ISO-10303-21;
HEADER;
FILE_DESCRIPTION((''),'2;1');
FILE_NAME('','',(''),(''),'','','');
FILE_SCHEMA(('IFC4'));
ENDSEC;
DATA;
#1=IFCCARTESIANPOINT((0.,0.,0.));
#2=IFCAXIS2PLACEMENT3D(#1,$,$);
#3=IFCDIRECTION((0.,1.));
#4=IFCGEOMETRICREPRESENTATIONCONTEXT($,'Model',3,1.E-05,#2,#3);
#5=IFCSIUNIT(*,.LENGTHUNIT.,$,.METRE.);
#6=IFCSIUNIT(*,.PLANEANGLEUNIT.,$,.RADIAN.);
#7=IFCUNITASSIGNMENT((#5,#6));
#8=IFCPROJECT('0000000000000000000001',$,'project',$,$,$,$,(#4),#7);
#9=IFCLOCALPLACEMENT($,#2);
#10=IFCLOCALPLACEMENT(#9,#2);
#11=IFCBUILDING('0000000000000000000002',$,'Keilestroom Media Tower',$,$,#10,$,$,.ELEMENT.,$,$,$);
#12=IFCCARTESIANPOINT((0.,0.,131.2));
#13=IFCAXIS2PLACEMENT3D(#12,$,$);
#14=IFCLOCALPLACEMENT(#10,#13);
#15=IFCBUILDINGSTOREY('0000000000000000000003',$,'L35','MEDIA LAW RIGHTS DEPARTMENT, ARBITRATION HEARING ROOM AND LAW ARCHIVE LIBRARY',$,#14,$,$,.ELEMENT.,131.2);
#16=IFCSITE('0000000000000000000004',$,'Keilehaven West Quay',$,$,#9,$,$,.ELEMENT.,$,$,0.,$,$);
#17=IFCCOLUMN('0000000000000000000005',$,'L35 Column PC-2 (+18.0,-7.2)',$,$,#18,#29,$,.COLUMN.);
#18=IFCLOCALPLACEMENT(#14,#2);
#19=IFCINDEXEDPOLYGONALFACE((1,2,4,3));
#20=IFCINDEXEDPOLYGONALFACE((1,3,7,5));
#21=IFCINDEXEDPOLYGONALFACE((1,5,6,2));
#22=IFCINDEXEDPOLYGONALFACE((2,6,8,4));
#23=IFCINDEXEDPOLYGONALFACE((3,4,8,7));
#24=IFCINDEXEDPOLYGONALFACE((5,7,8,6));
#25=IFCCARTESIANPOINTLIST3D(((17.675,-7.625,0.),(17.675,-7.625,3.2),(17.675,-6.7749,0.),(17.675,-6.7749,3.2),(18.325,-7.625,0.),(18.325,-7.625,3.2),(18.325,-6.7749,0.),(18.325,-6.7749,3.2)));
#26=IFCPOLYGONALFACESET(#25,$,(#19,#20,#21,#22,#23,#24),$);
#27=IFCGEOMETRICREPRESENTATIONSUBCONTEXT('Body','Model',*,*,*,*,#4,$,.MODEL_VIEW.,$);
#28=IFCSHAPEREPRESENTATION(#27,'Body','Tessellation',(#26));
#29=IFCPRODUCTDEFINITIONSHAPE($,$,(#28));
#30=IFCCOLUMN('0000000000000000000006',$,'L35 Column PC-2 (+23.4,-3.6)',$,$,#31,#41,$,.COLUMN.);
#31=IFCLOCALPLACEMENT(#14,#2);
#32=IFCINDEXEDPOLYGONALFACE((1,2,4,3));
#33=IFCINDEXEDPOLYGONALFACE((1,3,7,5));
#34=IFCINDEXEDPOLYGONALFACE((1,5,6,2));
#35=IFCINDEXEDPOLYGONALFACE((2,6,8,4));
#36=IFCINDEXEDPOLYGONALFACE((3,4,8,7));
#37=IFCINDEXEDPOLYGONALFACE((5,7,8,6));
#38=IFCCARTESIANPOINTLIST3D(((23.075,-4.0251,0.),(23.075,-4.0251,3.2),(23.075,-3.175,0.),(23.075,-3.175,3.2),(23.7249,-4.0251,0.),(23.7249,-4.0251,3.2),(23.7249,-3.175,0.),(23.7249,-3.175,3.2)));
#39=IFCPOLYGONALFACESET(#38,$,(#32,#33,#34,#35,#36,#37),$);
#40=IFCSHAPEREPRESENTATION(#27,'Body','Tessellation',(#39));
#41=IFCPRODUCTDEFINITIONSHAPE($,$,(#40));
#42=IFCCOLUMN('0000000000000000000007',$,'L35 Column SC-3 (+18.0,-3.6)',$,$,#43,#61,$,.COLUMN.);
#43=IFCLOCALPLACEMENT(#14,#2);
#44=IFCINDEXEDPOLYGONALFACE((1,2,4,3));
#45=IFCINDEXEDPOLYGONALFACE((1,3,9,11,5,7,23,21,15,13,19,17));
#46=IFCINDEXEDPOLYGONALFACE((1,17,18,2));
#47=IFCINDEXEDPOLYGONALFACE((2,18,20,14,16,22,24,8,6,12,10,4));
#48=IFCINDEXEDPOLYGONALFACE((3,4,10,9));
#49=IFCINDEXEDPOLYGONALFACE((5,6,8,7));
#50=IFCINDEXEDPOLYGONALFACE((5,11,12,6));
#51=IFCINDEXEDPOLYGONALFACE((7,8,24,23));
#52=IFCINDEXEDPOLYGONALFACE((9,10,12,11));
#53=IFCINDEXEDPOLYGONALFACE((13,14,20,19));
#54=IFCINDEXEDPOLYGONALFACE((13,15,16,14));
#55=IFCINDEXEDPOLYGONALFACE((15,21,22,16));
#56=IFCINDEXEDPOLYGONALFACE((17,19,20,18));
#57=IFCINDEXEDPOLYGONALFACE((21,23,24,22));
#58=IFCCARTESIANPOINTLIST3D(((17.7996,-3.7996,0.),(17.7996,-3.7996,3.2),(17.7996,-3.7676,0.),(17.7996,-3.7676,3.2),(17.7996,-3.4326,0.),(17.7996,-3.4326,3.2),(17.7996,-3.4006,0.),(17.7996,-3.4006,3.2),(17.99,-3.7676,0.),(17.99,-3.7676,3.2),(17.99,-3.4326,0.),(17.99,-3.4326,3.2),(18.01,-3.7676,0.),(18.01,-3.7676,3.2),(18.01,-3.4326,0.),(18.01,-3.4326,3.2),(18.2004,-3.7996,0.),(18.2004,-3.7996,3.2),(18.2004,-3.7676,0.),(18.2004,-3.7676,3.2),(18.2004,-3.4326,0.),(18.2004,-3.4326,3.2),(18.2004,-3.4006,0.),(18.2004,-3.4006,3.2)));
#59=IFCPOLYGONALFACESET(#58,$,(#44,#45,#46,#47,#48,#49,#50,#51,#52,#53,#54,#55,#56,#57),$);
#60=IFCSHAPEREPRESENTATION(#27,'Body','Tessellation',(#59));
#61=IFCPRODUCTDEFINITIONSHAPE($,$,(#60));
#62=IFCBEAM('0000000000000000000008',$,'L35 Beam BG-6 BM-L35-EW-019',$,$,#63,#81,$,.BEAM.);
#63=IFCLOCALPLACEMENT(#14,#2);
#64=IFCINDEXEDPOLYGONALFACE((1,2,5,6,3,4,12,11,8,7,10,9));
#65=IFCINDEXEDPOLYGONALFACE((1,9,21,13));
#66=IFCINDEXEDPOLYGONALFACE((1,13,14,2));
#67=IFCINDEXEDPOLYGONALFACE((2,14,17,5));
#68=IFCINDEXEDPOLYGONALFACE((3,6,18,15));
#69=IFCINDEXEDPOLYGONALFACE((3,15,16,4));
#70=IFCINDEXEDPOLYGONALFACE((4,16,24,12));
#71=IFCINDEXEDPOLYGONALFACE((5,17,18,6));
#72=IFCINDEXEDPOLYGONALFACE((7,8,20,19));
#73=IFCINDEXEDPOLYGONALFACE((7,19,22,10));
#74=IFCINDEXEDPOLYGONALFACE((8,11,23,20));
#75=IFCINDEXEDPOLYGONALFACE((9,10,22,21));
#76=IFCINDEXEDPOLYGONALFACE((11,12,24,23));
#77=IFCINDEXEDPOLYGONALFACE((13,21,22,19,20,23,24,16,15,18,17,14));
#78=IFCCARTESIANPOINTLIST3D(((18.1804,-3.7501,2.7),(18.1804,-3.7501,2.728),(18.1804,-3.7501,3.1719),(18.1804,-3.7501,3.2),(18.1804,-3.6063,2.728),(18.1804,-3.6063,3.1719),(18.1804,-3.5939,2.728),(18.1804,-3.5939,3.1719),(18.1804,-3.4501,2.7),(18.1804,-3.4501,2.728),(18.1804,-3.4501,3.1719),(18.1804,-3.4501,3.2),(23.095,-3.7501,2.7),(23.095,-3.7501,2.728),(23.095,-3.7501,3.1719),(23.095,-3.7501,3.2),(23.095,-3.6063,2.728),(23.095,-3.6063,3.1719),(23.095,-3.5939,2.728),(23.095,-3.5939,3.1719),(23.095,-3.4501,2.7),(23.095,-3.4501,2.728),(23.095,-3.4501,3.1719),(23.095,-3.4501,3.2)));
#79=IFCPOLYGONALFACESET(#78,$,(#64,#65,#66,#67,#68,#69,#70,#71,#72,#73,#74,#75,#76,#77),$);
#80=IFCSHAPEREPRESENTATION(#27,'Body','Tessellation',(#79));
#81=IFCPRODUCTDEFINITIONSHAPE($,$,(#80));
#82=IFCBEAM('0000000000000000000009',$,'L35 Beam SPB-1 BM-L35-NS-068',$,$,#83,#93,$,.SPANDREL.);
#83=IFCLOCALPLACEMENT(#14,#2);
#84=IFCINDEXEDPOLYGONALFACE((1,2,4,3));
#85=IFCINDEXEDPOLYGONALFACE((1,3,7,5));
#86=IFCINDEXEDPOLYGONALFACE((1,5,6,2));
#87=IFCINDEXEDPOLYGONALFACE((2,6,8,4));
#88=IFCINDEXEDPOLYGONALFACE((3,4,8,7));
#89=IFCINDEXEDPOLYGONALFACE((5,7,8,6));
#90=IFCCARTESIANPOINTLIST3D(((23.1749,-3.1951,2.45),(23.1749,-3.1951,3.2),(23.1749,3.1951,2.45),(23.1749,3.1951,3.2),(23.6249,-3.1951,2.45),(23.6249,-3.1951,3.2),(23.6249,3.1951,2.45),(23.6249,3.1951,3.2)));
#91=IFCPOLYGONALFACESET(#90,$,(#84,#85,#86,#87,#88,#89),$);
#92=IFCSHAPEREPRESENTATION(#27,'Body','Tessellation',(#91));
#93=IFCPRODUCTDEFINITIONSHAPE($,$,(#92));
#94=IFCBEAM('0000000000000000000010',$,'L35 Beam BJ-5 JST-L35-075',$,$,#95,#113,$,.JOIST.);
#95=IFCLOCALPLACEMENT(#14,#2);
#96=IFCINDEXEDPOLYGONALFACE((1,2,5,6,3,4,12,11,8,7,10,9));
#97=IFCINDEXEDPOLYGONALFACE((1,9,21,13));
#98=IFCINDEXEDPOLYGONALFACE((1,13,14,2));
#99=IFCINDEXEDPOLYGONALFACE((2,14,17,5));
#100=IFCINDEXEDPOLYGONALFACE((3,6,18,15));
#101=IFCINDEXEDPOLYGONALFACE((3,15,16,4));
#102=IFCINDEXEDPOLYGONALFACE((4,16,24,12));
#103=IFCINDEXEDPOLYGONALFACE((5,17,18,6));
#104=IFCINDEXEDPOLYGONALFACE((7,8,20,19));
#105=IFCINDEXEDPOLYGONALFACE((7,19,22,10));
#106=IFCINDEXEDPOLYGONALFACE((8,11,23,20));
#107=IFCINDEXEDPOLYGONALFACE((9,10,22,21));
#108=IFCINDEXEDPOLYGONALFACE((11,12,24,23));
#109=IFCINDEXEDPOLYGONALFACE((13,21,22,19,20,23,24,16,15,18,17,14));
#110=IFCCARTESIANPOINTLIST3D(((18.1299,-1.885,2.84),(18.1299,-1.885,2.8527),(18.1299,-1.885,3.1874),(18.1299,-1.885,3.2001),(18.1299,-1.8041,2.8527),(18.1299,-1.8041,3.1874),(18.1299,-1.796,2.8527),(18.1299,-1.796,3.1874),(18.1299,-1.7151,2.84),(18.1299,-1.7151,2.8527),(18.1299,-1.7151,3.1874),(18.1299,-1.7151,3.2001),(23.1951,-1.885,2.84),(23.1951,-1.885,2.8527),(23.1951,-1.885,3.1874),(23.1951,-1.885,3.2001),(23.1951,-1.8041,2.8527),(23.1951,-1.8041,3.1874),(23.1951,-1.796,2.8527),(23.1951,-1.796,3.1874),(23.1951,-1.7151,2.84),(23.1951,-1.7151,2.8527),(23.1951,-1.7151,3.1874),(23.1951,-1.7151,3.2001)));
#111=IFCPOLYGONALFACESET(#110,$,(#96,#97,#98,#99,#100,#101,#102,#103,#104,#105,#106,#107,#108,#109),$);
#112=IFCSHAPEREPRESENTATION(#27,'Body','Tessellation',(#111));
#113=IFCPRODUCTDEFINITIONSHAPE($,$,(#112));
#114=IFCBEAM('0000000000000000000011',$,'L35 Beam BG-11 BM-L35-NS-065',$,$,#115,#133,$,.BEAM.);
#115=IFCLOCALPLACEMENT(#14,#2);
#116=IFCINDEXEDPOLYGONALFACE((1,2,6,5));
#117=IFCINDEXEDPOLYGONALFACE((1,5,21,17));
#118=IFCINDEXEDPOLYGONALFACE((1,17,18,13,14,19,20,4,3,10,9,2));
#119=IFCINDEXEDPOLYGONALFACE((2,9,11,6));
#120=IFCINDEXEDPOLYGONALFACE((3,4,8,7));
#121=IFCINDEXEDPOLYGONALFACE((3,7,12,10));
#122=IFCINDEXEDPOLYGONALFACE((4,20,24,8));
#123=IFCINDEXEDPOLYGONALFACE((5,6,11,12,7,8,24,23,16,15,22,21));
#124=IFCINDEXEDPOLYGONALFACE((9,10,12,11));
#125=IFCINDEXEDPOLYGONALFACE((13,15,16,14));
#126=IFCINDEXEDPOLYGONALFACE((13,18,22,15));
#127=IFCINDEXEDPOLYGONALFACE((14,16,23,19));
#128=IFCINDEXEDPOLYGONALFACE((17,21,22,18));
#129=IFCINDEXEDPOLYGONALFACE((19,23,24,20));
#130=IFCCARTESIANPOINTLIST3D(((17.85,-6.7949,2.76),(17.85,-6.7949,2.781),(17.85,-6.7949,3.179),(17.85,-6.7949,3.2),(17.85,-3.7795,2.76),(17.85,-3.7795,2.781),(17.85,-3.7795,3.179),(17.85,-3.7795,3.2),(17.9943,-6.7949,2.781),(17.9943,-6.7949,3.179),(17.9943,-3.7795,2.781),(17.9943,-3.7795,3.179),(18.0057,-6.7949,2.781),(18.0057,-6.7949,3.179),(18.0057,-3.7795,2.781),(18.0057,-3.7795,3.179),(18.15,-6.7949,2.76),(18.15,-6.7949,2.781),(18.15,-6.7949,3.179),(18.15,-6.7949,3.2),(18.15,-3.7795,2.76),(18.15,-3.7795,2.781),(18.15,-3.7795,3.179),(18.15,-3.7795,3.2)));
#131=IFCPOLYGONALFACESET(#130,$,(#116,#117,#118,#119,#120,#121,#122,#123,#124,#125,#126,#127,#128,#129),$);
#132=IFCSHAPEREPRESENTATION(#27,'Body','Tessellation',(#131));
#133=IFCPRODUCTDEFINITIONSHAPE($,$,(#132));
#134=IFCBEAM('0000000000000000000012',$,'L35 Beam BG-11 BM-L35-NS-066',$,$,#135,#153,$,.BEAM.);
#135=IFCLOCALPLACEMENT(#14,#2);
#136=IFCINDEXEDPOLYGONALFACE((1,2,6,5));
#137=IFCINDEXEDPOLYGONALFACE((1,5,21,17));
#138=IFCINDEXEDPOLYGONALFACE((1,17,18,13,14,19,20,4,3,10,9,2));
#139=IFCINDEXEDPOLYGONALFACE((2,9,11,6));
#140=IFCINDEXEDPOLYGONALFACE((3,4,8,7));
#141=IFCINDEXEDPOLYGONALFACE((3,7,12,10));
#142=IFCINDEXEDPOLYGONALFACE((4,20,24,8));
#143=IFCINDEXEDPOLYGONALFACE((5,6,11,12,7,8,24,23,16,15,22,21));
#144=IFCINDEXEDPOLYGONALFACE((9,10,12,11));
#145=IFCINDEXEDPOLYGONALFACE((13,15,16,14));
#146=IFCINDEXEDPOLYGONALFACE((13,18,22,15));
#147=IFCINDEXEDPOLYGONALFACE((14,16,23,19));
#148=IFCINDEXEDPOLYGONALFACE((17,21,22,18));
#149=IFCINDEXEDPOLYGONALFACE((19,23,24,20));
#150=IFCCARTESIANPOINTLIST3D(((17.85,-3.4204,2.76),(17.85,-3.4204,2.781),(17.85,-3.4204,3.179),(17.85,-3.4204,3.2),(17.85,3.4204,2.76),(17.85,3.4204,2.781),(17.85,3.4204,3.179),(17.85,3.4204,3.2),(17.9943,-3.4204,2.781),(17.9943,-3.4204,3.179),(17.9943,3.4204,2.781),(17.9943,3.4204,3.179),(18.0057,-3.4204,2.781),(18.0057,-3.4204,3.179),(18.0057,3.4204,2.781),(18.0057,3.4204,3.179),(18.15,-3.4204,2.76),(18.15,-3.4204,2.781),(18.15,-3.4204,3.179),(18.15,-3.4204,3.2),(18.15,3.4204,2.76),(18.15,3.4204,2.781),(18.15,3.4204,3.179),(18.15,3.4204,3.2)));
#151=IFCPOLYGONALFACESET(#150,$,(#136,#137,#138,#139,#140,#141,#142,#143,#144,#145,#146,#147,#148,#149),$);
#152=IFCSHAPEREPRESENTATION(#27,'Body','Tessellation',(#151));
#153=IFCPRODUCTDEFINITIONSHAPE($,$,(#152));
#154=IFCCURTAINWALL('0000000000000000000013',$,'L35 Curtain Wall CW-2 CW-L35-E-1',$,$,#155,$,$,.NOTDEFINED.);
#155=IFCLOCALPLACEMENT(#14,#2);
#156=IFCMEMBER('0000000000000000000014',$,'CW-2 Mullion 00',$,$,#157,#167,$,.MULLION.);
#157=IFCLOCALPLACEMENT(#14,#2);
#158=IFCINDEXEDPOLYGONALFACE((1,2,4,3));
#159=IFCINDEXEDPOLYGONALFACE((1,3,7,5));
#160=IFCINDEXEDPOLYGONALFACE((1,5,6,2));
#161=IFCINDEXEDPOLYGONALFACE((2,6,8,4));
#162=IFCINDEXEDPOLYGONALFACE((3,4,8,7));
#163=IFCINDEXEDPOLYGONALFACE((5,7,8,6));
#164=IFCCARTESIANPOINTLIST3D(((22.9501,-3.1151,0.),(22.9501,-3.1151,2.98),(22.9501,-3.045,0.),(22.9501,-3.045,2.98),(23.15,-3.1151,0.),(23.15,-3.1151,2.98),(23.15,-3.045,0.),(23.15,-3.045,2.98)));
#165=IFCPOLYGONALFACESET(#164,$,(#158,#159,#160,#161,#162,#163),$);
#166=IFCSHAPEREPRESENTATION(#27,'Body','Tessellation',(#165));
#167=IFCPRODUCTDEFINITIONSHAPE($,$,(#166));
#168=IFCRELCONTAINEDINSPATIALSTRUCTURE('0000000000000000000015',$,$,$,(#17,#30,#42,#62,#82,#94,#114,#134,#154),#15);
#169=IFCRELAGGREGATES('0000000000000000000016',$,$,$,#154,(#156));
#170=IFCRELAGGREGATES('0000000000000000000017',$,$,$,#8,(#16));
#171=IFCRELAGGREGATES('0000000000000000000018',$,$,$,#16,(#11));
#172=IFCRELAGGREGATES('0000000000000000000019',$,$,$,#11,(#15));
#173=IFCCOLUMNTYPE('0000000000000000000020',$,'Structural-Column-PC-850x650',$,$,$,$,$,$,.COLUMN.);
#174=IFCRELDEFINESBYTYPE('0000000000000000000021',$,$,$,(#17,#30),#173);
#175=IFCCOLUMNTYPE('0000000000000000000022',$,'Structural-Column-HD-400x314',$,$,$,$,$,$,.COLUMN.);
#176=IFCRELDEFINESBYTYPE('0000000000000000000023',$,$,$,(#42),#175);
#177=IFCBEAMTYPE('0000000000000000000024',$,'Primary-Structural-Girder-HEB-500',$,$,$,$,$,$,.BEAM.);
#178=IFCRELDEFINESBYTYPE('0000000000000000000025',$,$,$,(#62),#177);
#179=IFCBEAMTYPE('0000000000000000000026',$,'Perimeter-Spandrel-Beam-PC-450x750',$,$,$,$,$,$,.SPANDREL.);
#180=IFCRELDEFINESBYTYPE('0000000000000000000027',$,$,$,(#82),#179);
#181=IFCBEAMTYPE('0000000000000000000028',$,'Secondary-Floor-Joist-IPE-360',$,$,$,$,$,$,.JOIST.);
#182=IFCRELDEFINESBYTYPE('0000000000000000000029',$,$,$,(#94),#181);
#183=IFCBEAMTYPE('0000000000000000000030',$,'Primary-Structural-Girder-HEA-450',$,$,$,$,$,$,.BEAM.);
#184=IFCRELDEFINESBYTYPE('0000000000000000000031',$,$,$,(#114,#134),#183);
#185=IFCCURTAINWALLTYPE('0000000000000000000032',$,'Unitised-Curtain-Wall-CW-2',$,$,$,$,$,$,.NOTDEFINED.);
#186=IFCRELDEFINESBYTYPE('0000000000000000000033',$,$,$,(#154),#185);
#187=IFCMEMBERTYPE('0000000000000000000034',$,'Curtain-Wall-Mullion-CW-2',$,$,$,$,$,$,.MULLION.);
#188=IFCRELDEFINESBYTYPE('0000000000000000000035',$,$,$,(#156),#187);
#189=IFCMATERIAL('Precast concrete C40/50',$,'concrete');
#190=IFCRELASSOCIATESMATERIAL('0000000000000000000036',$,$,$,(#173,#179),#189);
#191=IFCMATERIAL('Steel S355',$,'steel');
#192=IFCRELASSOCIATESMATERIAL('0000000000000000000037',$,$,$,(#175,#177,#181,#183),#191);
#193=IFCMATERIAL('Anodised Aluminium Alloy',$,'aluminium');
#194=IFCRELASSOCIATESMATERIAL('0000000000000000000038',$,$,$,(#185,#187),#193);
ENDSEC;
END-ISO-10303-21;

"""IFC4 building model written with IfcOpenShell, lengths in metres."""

from ifc_helpers import new_model, si_unit, direction, frame, origin, origin_2d, place, context, subcontext, project, spatial, rectangle, i_section, extrude, source, transform, mapped, material, material_profile, profile_set, type_object, element, aggregate, save


model = new_model("IFC4")

# Units and contexts
model_context = context("Model", 3, precision=1e-05, world=origin(), true_north=direction((0.0, 1.0)))
body_context = subcontext(model_context, "Body", "Model", "MODEL_VIEW")
ifc_project = project(units=[si_unit("LENGTHUNIT", "METRE"), si_unit("PLANEANGLEUNIT", "RADIAN")], contexts=[model_context])

# Site, building, storey
site_placement = place(None, origin())
site = spatial("IfcSite", under=ifc_project, at=site_placement, Name="Keilehaven West Quay", CompositionType="ELEMENT", RefElevation=0.0)
building_placement = place(site_placement, origin())
building = spatial("IfcBuilding", under=site, at=building_placement, Name="Keilestroom Media Tower", CompositionType="ELEMENT")
storey_placement = place(building_placement, frame((0.0, 0.0, 131.2)))
storey = spatial("IfcBuildingStorey", under=building, at=storey_placement, Name="L35", Description="MEDIA LAW RIGHTS DEPARTMENT, ARBITRATION HEARING ROOM AND LAW ARCHIVE LIBRARY", CompositionType="ELEMENT", Elevation=131.2)

# Columns
ifc_material_1 = material(Name="Precast concrete C40/50", Category="concrete")
ifc_material_profile_1 = material_profile(ifc_material_1, rectangle(XDim=0.6499, YDim=0.8501, at=origin_2d()), Name="PC 850x650")
ifc_profile_set_1 = profile_set([ifc_material_profile_1], Name="Precast concrete C40/50")
column_type_1 = type_object("IfcColumnType", Name="Structural-Column-PC-850x650", PredefinedType="COLUMN", material=ifc_profile_set_1)
shared_shape_1 = source(origin(), body_context, "Body", "SweptSolid", [
    extrude(rectangle(XDim=0.6499, YDim=0.8501, at=origin_2d()), origin(), (0.0, 0.0, 1.0), 3.2),
])
for number, where, z_axis, x_axis, name in (
    (1, (18.0, -7.2, 0.0), (0.0, 0.0, 1.0), (1.0, 0.0, 0.0), "L35 Column PC-2 (+18.0,-7.2)"),
    (2, (23.3999, -3.6001, 0.0), (0.0, 0.0, 1.0), (1.0, 0.0, 0.0), "L35 Column PC-2 (+23.4,-3.6)"),
):
    element("IfcColumn", number, at=place(storey_placement, frame(where, z_axis=z_axis, x_axis=x_axis)), inside=storey, type_object=column_type_1, Name=name, PredefinedType="COLUMN", context=body_context, shape_type="MappedRepresentation", body=[
        mapped(shared_shape_1, transform((0.0, 0.0, 0.0), x_axis=(1.0, 0.0, 0.0), y_axis=(0.0, 1.0, 0.0), z_axis=(0.0, 0.0, 1.0), scale=1.0)),
    ])
ifc_material_2 = material(Name="Steel S355", Category="steel")
ifc_material_profile_2 = material_profile(ifc_material_2, i_section(OverallWidth=0.4009, OverallDepth=0.3989, WebThickness=0.02, FlangeThickness=0.032, at=origin_2d()), Name="HD 400x314")
ifc_profile_set_2 = profile_set([ifc_material_profile_2], Name="Steel S355")
column_type_2 = type_object("IfcColumnType", Name="Structural-Column-HD-400x314", PredefinedType="COLUMN", material=ifc_profile_set_2)
shared_shape_2 = source(origin(), body_context, "Body", "SweptSolid", [
    extrude(i_section(OverallWidth=0.4009, OverallDepth=0.3989, WebThickness=0.02, FlangeThickness=0.032, at=origin_2d()), origin(), (0.0, 0.0, 1.0), 3.2),
])
column_placement = place(storey_placement, frame((18.0, -3.6001, 0.0), z_axis=(0.0, 0.0, 1.0), x_axis=(1.0, 0.0, 0.0)))
element("IfcColumn", 3, at=column_placement, inside=storey, type_object=column_type_2, Name="L35 Column SC-3 (+18.0,-3.6)", PredefinedType="COLUMN", context=body_context, shape_type="MappedRepresentation", body=[
    mapped(shared_shape_2, transform((0.0, 0.0, 0.0), x_axis=(1.0, 0.0, 0.0), y_axis=(0.0, 1.0, 0.0), z_axis=(0.0, 0.0, 1.0), scale=1.0)),
])

# Beams
ifc_material_profile_3 = material_profile(ifc_material_2, i_section(OverallWidth=0.3, OverallDepth=0.5, WebThickness=0.0125, FlangeThickness=0.0281, at=origin_2d()), Name="HEB 500")
ifc_profile_set_3 = profile_set([ifc_material_profile_3], Name="Steel S355")
beam_type_1 = type_object("IfcBeamType", Name="Primary-Structural-Girder-HEB-500", PredefinedType="BEAM", material=ifc_profile_set_3)
shared_shape_3 = source(origin(), body_context, "Body", "SweptSolid", [
    extrude(i_section(OverallWidth=0.3, OverallDepth=0.5, WebThickness=0.0125, FlangeThickness=0.0281, at=origin_2d()), origin(), (0.0, 0.0, 1.0), 4.9146),
])
beam_1_placement = place(storey_placement, frame((18.1804, -3.6001, 2.95), z_axis=(1.0, 0.0, 0.0), x_axis=(0.0, 1.0, 0.0)))
element("IfcBeam", 4, at=beam_1_placement, inside=storey, type_object=beam_type_1, Name="L35 Beam BG-6 BM-L35-EW-019", PredefinedType="BEAM", context=body_context, shape_type="MappedRepresentation", body=[
    mapped(shared_shape_3, transform((0.0, 0.0, 0.0), x_axis=(1.0, 0.0, 0.0), y_axis=(0.0, 1.0, 0.0), z_axis=(0.0, 0.0, 1.0), scale=1.0)),
])
ifc_material_profile_4 = material_profile(ifc_material_1, rectangle(XDim=0.45, YDim=0.75, at=origin_2d()), Name="PC 450x750")
ifc_profile_set_4 = profile_set([ifc_material_profile_4], Name="Precast concrete C40/50")
beam_type_2 = type_object("IfcBeamType", Name="Perimeter-Spandrel-Beam-PC-450x750", PredefinedType="SPANDREL", material=ifc_profile_set_4)
shared_shape_4 = source(origin(), body_context, "Body", "SweptSolid", [
    extrude(rectangle(XDim=0.45, YDim=0.75, at=origin_2d()), origin(), (0.0, 0.0, 1.0), 6.3901),
])
beam_2_placement = place(storey_placement, frame((23.3999, -3.1951, 2.825), z_axis=(0.0, 1.0, 0.0), x_axis=(-1.0, 0.0, 0.0)))
element("IfcBeam", 5, at=beam_2_placement, inside=storey, type_object=beam_type_2, Name="L35 Beam SPB-1 BM-L35-NS-068", PredefinedType="SPANDREL", context=body_context, shape_type="MappedRepresentation", body=[
    mapped(shared_shape_4, transform((0.0, 0.0, 0.0), x_axis=(1.0, 0.0, 0.0), y_axis=(0.0, 1.0, 0.0), z_axis=(0.0, 0.0, 1.0), scale=1.0)),
])
ifc_material_profile_5 = material_profile(ifc_material_2, i_section(OverallWidth=0.1699, OverallDepth=0.3601, WebThickness=0.0081, FlangeThickness=0.0127, at=origin_2d()), Name="IPE 360")
ifc_profile_set_5 = profile_set([ifc_material_profile_5], Name="Steel S355")
beam_type_3 = type_object("IfcBeamType", Name="Secondary-Floor-Joist-IPE-360", PredefinedType="JOIST", material=ifc_profile_set_5)
shared_shape_5 = source(origin(), body_context, "Body", "SweptSolid", [
    extrude(i_section(OverallWidth=0.1699, OverallDepth=0.3601, WebThickness=0.0081, FlangeThickness=0.0127, at=origin_2d()), origin(), (0.0, 0.0, 1.0), 5.0652),
])
beam_3_placement = place(storey_placement, frame((18.1299, -1.8, 3.02), z_axis=(1.0, 0.0, 0.0), x_axis=(0.0, 1.0, 0.0)))
element("IfcBeam", 6, at=beam_3_placement, inside=storey, type_object=beam_type_3, Name="L35 Beam BJ-5 JST-L35-075", PredefinedType="JOIST", context=body_context, shape_type="MappedRepresentation", body=[
    mapped(shared_shape_5, transform((0.0, 0.0, 0.0), x_axis=(1.0, 0.0, 0.0), y_axis=(0.0, 1.0, 0.0), z_axis=(0.0, 0.0, 1.0), scale=1.0)),
])
ifc_material_profile_6 = material_profile(ifc_material_2, i_section(OverallWidth=0.3, OverallDepth=0.4399, WebThickness=0.0115, FlangeThickness=0.021, at=origin_2d()), Name="HEA 450")
ifc_profile_set_6 = profile_set([ifc_material_profile_6], Name="Steel S355")
beam_type_4 = type_object("IfcBeamType", Name="Primary-Structural-Girder-HEA-450", PredefinedType="BEAM", material=ifc_profile_set_6)
shared_shape_6 = source(origin(), body_context, "Body", "SweptSolid", [
    extrude(i_section(OverallWidth=0.3, OverallDepth=0.4399, WebThickness=0.0115, FlangeThickness=0.021, at=origin_2d()), origin(), (0.0, 0.0, 1.0), 3.0154),
])
beam_4_placement = place(storey_placement, frame((18.0, -6.7949, 2.98), z_axis=(0.0, 1.0, 0.0), x_axis=(-1.0, 0.0, 0.0)))
element("IfcBeam", 7, at=beam_4_placement, inside=storey, type_object=beam_type_4, Name="L35 Beam BG-11 BM-L35-NS-065", PredefinedType="BEAM", context=body_context, shape_type="MappedRepresentation", body=[
    mapped(shared_shape_6, transform((0.0, 0.0, 0.0), x_axis=(1.0, 0.0, 0.0), y_axis=(0.0, 1.0, 0.0), z_axis=(0.0, 0.0, 1.0), scale=1.0)),
])
shared_shape_7 = source(origin(), body_context, "Body", "SweptSolid", [
    extrude(i_section(OverallWidth=0.3, OverallDepth=0.4399, WebThickness=0.0115, FlangeThickness=0.021, at=origin_2d()), origin(), (0.0, 0.0, 1.0), 6.8408),
])
beam_5_placement = place(storey_placement, frame((18.0, -3.4204, 2.98), z_axis=(0.0, 1.0, 0.0), x_axis=(-1.0, 0.0, 0.0)))
element("IfcBeam", 8, at=beam_5_placement, inside=storey, type_object=beam_type_4, Name="L35 Beam BG-11 BM-L35-NS-066", PredefinedType="BEAM", context=body_context, shape_type="MappedRepresentation", body=[
    mapped(shared_shape_7, transform((0.0, 0.0, 0.0), x_axis=(1.0, 0.0, 0.0), y_axis=(0.0, 1.0, 0.0), z_axis=(0.0, 0.0, 1.0), scale=1.0)),
])

# Curtain wall, member
ifc_material_3 = material(Name="Anodised Aluminium Alloy", Category="aluminium")
curtain_wall_type = type_object("IfcCurtainWallType", Name="Unitised-Curtain-Wall-CW-2", PredefinedType="NOTDEFINED", material=ifc_material_3)
curtain_wall_1_placement = place(storey_placement, origin())
curtain_wall_1 = element("IfcCurtainWall", 9, at=curtain_wall_1_placement, inside=storey, type_object=curtain_wall_type, Name="L35 Curtain Wall CW-2 CW-L35-E-1", PredefinedType="NOTDEFINED")
ifc_material_profile_7 = material_profile(ifc_material_3, rectangle(XDim=0.0701, YDim=0.2, at=origin_2d()), Name="ALU MULLION 70x200")
ifc_profile_set_7 = profile_set([ifc_material_profile_7], Name="Anodised Aluminium Alloy")
member_type_1 = type_object("IfcMemberType", Name="Curtain-Wall-Mullion-CW-2", PredefinedType="MULLION", material=ifc_profile_set_7)
shared_shape_8 = source(origin(), body_context, "Body", "SweptSolid", [
    extrude(rectangle(XDim=0.0701, YDim=0.2, at=origin_2d()), origin(), (0.0, 0.0, 1.0), 2.98),
])
member_1_placement = place(storey_placement, frame((23.05, -3.0801, 0.0), z_axis=(0.0, 0.0, 1.0), x_axis=(0.0, 1.0, 0.0)))
member_1 = element("IfcMember", 10, at=member_1_placement, type_object=member_type_1, Name="CW-2 Mullion 00", PredefinedType="MULLION", context=body_context, shape_type="MappedRepresentation", body=[
    mapped(shared_shape_8, transform((0.0, 0.0, 0.0), x_axis=(1.0, 0.0, 0.0), y_axis=(0.0, 1.0, 0.0), z_axis=(0.0, 0.0, 1.0), scale=1.0)),
])

aggregate(curtain_wall_1, [member_1])

save(model, "model.ifc")
